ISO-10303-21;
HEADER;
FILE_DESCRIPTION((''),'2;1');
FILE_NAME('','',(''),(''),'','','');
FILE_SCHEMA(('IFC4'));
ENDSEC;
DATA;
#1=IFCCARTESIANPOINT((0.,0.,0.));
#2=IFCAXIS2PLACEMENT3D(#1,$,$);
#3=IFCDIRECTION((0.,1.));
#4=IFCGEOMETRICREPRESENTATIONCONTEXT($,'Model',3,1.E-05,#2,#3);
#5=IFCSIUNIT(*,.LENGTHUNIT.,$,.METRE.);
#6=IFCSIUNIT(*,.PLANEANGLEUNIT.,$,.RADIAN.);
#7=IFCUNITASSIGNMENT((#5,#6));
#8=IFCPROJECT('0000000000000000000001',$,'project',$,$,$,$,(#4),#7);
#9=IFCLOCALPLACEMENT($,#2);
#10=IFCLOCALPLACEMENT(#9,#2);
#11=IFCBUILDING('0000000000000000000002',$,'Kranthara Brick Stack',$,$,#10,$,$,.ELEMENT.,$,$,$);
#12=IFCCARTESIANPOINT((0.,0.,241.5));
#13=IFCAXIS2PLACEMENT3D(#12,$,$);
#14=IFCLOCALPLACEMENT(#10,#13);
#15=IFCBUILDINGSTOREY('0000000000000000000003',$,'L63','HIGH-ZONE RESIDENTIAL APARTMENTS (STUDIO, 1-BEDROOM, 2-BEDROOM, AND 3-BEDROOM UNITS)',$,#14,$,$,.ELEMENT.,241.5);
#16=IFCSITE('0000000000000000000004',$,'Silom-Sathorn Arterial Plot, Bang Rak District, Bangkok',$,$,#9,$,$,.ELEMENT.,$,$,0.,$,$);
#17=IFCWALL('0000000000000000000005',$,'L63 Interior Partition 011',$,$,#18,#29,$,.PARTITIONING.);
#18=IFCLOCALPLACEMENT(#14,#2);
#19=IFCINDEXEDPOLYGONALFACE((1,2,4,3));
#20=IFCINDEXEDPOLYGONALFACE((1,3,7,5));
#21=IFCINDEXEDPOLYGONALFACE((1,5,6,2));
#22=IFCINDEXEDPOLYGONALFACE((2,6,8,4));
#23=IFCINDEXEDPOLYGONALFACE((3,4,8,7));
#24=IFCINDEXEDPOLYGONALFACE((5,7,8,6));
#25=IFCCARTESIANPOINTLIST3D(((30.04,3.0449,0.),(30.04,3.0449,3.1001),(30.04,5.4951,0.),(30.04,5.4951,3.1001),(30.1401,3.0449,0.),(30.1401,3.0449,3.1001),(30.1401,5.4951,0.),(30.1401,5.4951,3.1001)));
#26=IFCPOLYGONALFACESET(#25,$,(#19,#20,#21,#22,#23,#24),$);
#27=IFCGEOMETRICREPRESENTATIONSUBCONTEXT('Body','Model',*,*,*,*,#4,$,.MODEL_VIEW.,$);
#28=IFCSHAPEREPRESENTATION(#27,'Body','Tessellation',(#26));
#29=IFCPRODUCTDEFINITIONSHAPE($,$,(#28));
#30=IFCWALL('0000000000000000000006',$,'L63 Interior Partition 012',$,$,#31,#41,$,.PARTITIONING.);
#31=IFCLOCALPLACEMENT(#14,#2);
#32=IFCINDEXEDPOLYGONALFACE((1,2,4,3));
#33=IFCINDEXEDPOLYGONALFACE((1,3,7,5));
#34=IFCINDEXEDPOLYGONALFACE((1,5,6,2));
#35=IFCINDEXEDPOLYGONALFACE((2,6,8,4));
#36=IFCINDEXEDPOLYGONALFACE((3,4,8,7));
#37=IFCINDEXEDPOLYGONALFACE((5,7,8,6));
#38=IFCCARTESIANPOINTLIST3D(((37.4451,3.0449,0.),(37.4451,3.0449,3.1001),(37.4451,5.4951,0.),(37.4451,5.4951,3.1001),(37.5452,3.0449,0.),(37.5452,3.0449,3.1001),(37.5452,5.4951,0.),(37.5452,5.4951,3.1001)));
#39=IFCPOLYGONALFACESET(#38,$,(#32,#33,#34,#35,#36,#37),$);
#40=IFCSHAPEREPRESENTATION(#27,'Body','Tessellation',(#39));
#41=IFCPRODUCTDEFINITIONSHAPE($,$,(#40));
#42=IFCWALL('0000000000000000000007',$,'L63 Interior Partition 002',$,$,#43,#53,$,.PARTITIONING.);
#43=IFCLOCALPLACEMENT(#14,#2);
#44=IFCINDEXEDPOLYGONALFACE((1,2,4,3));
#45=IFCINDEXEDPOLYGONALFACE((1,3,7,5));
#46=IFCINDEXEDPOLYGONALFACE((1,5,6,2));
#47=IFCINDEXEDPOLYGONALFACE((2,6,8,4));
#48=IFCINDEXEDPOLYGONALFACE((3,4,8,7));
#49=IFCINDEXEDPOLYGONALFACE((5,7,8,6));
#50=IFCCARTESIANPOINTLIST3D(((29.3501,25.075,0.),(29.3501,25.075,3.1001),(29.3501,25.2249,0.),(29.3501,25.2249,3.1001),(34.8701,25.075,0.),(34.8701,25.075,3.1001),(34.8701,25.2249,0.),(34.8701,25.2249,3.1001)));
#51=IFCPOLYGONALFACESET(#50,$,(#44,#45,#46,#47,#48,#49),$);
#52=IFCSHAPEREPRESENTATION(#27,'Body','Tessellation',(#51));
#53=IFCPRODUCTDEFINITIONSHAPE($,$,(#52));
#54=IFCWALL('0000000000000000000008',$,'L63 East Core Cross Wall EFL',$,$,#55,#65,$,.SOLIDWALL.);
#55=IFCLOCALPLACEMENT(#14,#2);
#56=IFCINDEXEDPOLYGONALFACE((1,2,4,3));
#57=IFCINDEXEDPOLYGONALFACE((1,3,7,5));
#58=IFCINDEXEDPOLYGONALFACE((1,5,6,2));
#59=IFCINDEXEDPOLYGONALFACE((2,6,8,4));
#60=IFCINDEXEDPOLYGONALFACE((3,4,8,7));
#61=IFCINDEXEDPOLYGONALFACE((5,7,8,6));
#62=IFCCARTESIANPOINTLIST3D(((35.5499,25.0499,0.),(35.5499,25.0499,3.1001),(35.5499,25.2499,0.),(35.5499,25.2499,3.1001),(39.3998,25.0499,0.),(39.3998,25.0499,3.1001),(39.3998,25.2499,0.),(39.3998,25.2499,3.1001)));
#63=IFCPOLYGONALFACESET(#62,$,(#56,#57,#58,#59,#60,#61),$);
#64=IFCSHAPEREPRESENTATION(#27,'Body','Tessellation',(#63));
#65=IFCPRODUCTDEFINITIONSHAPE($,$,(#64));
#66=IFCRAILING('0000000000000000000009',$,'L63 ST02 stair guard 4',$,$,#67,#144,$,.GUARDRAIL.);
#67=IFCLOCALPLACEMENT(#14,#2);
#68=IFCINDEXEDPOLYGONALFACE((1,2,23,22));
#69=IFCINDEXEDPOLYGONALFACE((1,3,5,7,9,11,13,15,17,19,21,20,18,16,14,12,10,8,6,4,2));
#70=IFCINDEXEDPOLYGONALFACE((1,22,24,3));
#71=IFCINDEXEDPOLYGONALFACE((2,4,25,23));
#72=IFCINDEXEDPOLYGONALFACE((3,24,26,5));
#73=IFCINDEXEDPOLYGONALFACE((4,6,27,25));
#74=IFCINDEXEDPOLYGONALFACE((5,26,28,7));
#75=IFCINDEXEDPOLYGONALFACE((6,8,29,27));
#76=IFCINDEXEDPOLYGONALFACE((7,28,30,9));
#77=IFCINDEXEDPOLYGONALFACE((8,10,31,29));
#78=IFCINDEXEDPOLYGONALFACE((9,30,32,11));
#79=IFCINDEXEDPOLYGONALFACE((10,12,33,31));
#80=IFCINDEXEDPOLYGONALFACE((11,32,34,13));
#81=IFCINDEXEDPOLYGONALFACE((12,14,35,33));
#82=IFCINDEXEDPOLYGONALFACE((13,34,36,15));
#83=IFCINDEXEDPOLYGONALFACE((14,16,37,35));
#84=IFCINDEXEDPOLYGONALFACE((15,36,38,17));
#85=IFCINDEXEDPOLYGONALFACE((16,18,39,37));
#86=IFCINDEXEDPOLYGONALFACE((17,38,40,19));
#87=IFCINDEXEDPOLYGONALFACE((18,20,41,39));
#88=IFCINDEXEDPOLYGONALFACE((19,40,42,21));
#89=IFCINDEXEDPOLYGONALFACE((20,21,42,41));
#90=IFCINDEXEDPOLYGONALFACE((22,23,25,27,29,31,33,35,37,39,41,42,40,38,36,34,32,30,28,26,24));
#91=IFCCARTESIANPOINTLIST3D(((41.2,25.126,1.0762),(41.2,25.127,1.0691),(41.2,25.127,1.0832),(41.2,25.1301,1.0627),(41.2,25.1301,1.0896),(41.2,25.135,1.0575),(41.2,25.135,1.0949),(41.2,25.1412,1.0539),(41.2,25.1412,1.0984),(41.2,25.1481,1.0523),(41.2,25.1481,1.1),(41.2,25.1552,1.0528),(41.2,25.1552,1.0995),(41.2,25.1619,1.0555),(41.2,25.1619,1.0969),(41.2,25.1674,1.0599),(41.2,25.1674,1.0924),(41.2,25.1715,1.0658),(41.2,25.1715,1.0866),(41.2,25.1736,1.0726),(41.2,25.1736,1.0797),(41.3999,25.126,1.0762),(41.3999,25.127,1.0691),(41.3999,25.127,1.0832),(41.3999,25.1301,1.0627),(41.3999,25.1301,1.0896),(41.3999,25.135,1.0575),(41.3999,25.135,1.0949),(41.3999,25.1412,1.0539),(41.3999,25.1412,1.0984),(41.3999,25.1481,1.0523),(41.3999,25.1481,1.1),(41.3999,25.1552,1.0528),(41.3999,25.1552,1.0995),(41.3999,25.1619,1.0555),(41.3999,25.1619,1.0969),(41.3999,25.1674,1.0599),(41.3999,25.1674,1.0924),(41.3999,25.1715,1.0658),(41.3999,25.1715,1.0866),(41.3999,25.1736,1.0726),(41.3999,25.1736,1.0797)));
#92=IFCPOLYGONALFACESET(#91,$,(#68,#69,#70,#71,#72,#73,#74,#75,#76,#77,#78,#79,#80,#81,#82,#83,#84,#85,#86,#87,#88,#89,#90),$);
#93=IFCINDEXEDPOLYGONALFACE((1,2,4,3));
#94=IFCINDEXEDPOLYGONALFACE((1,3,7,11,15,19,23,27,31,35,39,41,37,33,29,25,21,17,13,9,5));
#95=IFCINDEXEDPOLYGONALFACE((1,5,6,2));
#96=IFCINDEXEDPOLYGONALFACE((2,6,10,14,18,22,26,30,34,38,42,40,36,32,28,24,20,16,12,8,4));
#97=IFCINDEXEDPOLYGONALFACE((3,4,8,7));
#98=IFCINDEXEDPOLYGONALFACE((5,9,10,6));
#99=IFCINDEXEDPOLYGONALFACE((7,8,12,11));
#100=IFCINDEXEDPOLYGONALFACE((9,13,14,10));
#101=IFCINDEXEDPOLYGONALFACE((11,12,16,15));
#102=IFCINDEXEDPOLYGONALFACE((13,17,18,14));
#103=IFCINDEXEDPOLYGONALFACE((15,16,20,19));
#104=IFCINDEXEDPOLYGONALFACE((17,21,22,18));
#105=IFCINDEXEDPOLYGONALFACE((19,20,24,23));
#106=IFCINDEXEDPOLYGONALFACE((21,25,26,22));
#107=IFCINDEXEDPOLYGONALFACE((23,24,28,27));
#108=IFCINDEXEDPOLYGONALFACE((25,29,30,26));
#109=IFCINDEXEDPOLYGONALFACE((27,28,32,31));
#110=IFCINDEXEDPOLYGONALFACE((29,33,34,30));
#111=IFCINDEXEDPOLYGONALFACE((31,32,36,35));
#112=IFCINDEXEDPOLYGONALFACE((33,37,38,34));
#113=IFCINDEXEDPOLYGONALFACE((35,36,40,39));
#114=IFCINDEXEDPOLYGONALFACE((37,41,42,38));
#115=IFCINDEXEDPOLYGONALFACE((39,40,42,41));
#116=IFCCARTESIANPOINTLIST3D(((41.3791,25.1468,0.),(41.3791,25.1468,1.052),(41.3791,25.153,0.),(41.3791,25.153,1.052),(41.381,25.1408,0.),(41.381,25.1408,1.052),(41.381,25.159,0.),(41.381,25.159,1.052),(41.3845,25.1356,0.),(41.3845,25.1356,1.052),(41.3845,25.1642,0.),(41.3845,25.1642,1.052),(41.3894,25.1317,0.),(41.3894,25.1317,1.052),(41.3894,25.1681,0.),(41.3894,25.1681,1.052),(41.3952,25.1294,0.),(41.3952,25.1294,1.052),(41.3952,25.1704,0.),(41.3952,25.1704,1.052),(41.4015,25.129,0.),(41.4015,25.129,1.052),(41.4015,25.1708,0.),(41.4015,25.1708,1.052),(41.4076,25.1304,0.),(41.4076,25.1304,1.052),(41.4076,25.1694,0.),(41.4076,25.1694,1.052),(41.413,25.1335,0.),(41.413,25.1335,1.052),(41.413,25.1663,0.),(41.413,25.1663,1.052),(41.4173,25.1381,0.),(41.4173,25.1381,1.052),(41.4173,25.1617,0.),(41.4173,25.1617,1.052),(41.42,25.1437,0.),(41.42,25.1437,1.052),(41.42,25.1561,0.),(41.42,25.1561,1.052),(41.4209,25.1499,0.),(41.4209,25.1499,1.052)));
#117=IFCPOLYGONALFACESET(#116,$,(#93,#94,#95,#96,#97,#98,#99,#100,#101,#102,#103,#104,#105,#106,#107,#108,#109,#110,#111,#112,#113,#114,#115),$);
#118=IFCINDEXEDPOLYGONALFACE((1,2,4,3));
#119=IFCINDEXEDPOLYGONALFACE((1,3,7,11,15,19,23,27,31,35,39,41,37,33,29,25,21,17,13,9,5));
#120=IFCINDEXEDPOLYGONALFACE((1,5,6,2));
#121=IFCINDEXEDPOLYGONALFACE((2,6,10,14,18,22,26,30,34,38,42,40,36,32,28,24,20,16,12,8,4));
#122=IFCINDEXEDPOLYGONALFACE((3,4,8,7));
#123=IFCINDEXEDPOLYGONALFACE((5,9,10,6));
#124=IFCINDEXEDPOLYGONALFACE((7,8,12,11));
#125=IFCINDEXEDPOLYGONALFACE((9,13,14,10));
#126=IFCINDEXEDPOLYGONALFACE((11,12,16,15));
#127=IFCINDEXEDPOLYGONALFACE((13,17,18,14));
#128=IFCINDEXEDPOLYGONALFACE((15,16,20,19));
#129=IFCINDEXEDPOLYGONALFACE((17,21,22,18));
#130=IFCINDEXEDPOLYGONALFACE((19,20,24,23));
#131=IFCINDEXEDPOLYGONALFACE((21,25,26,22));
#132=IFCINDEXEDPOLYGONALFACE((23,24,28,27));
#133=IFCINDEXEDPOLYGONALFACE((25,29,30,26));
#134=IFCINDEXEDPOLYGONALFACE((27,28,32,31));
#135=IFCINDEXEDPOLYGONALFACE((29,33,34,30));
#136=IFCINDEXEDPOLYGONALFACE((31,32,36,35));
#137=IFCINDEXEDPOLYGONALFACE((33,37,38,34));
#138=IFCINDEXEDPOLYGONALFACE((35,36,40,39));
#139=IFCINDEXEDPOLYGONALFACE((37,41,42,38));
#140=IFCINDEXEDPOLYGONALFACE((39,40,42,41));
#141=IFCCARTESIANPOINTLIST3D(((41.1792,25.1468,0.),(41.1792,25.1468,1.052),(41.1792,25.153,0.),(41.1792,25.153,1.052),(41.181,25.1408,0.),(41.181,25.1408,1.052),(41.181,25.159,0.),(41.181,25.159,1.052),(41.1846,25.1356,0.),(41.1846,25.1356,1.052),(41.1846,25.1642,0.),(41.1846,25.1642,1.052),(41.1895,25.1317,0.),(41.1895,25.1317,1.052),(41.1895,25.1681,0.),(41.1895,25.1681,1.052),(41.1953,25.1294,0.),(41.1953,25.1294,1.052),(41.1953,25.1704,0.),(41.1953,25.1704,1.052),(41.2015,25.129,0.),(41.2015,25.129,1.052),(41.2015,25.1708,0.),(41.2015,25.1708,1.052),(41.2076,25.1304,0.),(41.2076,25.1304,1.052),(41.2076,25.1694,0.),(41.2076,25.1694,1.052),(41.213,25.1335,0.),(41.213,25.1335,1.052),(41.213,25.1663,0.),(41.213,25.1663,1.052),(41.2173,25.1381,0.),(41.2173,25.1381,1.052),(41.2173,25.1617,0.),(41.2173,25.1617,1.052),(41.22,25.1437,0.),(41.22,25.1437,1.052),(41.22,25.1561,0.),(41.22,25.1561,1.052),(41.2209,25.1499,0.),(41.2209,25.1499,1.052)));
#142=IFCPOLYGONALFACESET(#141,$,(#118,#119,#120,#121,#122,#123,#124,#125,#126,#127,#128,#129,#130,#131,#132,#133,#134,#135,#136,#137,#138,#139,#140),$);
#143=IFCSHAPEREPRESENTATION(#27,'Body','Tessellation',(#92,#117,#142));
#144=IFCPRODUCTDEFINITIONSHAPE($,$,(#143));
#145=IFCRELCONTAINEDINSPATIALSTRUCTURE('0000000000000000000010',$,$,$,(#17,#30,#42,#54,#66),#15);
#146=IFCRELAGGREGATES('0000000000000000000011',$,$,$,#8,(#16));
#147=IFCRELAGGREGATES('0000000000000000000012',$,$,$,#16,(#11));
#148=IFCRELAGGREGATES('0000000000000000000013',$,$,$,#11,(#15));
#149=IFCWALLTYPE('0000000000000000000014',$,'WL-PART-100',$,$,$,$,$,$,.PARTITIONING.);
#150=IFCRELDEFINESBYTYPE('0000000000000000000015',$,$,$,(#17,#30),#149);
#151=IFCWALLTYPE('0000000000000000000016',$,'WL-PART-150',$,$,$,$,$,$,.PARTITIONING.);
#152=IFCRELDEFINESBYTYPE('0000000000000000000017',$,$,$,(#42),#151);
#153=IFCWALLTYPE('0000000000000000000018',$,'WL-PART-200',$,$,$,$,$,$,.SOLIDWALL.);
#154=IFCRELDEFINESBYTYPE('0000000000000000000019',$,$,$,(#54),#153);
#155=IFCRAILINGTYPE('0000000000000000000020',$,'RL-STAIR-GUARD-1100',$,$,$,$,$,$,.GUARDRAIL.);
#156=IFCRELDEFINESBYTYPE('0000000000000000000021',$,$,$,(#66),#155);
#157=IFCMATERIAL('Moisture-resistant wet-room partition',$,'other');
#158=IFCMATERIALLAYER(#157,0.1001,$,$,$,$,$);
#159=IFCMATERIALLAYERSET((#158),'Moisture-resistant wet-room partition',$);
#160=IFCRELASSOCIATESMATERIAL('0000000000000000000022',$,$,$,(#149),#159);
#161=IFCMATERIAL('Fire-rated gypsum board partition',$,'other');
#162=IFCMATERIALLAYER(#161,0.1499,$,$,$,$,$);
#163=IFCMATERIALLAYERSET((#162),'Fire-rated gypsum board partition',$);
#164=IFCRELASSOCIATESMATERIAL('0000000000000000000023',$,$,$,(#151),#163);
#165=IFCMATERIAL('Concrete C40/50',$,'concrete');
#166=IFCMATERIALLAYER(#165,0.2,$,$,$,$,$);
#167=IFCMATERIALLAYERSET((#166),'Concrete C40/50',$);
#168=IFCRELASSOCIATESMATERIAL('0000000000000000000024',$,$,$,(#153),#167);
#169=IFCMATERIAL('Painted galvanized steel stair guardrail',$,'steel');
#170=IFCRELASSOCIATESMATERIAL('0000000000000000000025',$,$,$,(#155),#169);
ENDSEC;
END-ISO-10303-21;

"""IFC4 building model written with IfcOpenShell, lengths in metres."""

from ifc_helpers import new_model, si_unit, direction, frame, frame_2d, origin, origin_2d, place, context, subcontext, project, spatial, rectangle, circle, extrude, material, layer, layer_set, type_object, element, save


model = new_model("IFC4")

# Units and contexts
model_context = context("Model", 3, precision=1e-05, world=origin(), true_north=direction((0.0, 1.0)))
body_context = subcontext(model_context, "Body", "Model", "MODEL_VIEW")
ifc_project = project(units=[si_unit("LENGTHUNIT", "METRE"), si_unit("PLANEANGLEUNIT", "RADIAN")], contexts=[model_context])

# Site, building, storey
site_placement = place(None, origin())
site = spatial("IfcSite", under=ifc_project, at=site_placement, Name="Silom-Sathorn Arterial Plot, Bang Rak District, Bangkok", CompositionType="ELEMENT", RefElevation=0.0)
building_placement = place(site_placement, origin())
building = spatial("IfcBuilding", under=site, at=building_placement, Name="Kranthara Brick Stack", CompositionType="ELEMENT")
storey_placement = place(building_placement, frame((0.0, 0.0, 241.5)))
storey = spatial("IfcBuildingStorey", under=building, at=storey_placement, Name="L63", Description="HIGH-ZONE RESIDENTIAL APARTMENTS (STUDIO, 1-BEDROOM, 2-BEDROOM, AND 3-BEDROOM UNITS)", CompositionType="ELEMENT", Elevation=241.5)

# Walls
ifc_material_1 = material(Name="Moisture-resistant wet-room partition", Category="other")
ifc_layer_1 = layer(ifc_material_1, 0.1001)
ifc_layer_set_1 = layer_set([ifc_layer_1], Name="Moisture-resistant wet-room partition")
wall_type_1 = type_object("IfcWallType", Name="WL-PART-100", PredefinedType="PARTITIONING", material=ifc_layer_set_1)
for number, where, z_axis, x_axis, name in (
    (1, (30.0901, 3.0449, 0.0), (0.0, 0.0, 1.0), (0.0, 1.0, 0.0), "L63 Interior Partition 011"),
    (2, (37.4951, 3.0449, 0.0), (0.0, 0.0, 1.0), (0.0, 1.0, 0.0), "L63 Interior Partition 012"),
):
    element("IfcWall", number, at=place(storey_placement, frame(where, z_axis=z_axis, x_axis=x_axis)), inside=storey, type_object=wall_type_1, Name=name, PredefinedType="PARTITIONING", context=body_context, shape_type="SweptSolid", body=[
        extrude(rectangle(XDim=2.4502, YDim=0.1001, at=frame_2d((1.2251, 0.0))), origin(), (0.0, 0.0, 1.0), 3.1001),
    ])
ifc_material_2 = material(Name="Fire-rated gypsum board partition", Category="other")
ifc_layer_2 = layer(ifc_material_2, 0.1499)
ifc_layer_set_2 = layer_set([ifc_layer_2], Name="Fire-rated gypsum board partition")
wall_type_2 = type_object("IfcWallType", Name="WL-PART-150", PredefinedType="PARTITIONING", material=ifc_layer_set_2)
wall_1_placement = place(storey_placement, frame((29.3501, 25.1499, 0.0), z_axis=(0.0, 0.0, 1.0), x_axis=(1.0, 0.0, 0.0)))
element("IfcWall", 3, at=wall_1_placement, inside=storey, type_object=wall_type_2, Name="L63 Interior Partition 002", PredefinedType="PARTITIONING", context=body_context, shape_type="SweptSolid", body=[
    extrude(rectangle(XDim=5.52, YDim=0.1499, at=frame_2d((2.76, 0.0))), origin(), (0.0, 0.0, 1.0), 3.1001),
])
ifc_material_3 = material(Name="Concrete C40/50", Category="concrete")
ifc_layer_3 = layer(ifc_material_3, 0.2)
ifc_layer_set_3 = layer_set([ifc_layer_3], Name="Concrete C40/50")
wall_type_3 = type_object("IfcWallType", Name="WL-PART-200", PredefinedType="SOLIDWALL", material=ifc_layer_set_3)
wall_2_placement = place(storey_placement, frame((35.55, 25.1499, 0.0), z_axis=(0.0, 0.0, 1.0), x_axis=(1.0, 0.0, 0.0)))
element("IfcWall", 4, at=wall_2_placement, inside=storey, type_object=wall_type_3, Name="L63 East Core Cross Wall EFL", PredefinedType="SOLIDWALL", context=body_context, shape_type="SweptSolid", body=[
    extrude(rectangle(XDim=3.8499, YDim=0.2, at=frame_2d((1.9248, 0.0))), origin(), (0.0, 0.0, 1.0), 3.1001),
])

# Railing
ifc_material_4 = material(Name="Painted galvanized steel stair guardrail", Category="steel")
railing_type_1 = type_object("IfcRailingType", Name="RL-STAIR-GUARD-1100", PredefinedType="GUARDRAIL", material=ifc_material_4)
railing_1_placement = place(storey_placement, frame((41.3999, 25.1499, 0.0)))
element("IfcRailing", 5, at=railing_1_placement, inside=storey, type_object=railing_type_1, Name="L63 ST02 stair guard 4", PredefinedType="GUARDRAIL", context=body_context, shape_type="SweptSolid", body=[
    extrude(circle(Radius=0.0239, at=origin_2d()), frame((0.0, 0.0, 1.0762), z_axis=(-1.0, 0.0, 0.0), x_axis=(0.0, -1.0, 0.0)), (0.0, 0.0, 1.0), 0.2),
    extrude(circle(Radius=0.021, at=origin_2d()), origin(), (0.0, 0.0, 1.0), 1.052),
    extrude(circle(Radius=0.021, at=origin_2d()), frame((-0.2, 0.0, 0.0)), (0.0, 0.0, 1.0), 1.052),
])

save(model, "model.ifc")
